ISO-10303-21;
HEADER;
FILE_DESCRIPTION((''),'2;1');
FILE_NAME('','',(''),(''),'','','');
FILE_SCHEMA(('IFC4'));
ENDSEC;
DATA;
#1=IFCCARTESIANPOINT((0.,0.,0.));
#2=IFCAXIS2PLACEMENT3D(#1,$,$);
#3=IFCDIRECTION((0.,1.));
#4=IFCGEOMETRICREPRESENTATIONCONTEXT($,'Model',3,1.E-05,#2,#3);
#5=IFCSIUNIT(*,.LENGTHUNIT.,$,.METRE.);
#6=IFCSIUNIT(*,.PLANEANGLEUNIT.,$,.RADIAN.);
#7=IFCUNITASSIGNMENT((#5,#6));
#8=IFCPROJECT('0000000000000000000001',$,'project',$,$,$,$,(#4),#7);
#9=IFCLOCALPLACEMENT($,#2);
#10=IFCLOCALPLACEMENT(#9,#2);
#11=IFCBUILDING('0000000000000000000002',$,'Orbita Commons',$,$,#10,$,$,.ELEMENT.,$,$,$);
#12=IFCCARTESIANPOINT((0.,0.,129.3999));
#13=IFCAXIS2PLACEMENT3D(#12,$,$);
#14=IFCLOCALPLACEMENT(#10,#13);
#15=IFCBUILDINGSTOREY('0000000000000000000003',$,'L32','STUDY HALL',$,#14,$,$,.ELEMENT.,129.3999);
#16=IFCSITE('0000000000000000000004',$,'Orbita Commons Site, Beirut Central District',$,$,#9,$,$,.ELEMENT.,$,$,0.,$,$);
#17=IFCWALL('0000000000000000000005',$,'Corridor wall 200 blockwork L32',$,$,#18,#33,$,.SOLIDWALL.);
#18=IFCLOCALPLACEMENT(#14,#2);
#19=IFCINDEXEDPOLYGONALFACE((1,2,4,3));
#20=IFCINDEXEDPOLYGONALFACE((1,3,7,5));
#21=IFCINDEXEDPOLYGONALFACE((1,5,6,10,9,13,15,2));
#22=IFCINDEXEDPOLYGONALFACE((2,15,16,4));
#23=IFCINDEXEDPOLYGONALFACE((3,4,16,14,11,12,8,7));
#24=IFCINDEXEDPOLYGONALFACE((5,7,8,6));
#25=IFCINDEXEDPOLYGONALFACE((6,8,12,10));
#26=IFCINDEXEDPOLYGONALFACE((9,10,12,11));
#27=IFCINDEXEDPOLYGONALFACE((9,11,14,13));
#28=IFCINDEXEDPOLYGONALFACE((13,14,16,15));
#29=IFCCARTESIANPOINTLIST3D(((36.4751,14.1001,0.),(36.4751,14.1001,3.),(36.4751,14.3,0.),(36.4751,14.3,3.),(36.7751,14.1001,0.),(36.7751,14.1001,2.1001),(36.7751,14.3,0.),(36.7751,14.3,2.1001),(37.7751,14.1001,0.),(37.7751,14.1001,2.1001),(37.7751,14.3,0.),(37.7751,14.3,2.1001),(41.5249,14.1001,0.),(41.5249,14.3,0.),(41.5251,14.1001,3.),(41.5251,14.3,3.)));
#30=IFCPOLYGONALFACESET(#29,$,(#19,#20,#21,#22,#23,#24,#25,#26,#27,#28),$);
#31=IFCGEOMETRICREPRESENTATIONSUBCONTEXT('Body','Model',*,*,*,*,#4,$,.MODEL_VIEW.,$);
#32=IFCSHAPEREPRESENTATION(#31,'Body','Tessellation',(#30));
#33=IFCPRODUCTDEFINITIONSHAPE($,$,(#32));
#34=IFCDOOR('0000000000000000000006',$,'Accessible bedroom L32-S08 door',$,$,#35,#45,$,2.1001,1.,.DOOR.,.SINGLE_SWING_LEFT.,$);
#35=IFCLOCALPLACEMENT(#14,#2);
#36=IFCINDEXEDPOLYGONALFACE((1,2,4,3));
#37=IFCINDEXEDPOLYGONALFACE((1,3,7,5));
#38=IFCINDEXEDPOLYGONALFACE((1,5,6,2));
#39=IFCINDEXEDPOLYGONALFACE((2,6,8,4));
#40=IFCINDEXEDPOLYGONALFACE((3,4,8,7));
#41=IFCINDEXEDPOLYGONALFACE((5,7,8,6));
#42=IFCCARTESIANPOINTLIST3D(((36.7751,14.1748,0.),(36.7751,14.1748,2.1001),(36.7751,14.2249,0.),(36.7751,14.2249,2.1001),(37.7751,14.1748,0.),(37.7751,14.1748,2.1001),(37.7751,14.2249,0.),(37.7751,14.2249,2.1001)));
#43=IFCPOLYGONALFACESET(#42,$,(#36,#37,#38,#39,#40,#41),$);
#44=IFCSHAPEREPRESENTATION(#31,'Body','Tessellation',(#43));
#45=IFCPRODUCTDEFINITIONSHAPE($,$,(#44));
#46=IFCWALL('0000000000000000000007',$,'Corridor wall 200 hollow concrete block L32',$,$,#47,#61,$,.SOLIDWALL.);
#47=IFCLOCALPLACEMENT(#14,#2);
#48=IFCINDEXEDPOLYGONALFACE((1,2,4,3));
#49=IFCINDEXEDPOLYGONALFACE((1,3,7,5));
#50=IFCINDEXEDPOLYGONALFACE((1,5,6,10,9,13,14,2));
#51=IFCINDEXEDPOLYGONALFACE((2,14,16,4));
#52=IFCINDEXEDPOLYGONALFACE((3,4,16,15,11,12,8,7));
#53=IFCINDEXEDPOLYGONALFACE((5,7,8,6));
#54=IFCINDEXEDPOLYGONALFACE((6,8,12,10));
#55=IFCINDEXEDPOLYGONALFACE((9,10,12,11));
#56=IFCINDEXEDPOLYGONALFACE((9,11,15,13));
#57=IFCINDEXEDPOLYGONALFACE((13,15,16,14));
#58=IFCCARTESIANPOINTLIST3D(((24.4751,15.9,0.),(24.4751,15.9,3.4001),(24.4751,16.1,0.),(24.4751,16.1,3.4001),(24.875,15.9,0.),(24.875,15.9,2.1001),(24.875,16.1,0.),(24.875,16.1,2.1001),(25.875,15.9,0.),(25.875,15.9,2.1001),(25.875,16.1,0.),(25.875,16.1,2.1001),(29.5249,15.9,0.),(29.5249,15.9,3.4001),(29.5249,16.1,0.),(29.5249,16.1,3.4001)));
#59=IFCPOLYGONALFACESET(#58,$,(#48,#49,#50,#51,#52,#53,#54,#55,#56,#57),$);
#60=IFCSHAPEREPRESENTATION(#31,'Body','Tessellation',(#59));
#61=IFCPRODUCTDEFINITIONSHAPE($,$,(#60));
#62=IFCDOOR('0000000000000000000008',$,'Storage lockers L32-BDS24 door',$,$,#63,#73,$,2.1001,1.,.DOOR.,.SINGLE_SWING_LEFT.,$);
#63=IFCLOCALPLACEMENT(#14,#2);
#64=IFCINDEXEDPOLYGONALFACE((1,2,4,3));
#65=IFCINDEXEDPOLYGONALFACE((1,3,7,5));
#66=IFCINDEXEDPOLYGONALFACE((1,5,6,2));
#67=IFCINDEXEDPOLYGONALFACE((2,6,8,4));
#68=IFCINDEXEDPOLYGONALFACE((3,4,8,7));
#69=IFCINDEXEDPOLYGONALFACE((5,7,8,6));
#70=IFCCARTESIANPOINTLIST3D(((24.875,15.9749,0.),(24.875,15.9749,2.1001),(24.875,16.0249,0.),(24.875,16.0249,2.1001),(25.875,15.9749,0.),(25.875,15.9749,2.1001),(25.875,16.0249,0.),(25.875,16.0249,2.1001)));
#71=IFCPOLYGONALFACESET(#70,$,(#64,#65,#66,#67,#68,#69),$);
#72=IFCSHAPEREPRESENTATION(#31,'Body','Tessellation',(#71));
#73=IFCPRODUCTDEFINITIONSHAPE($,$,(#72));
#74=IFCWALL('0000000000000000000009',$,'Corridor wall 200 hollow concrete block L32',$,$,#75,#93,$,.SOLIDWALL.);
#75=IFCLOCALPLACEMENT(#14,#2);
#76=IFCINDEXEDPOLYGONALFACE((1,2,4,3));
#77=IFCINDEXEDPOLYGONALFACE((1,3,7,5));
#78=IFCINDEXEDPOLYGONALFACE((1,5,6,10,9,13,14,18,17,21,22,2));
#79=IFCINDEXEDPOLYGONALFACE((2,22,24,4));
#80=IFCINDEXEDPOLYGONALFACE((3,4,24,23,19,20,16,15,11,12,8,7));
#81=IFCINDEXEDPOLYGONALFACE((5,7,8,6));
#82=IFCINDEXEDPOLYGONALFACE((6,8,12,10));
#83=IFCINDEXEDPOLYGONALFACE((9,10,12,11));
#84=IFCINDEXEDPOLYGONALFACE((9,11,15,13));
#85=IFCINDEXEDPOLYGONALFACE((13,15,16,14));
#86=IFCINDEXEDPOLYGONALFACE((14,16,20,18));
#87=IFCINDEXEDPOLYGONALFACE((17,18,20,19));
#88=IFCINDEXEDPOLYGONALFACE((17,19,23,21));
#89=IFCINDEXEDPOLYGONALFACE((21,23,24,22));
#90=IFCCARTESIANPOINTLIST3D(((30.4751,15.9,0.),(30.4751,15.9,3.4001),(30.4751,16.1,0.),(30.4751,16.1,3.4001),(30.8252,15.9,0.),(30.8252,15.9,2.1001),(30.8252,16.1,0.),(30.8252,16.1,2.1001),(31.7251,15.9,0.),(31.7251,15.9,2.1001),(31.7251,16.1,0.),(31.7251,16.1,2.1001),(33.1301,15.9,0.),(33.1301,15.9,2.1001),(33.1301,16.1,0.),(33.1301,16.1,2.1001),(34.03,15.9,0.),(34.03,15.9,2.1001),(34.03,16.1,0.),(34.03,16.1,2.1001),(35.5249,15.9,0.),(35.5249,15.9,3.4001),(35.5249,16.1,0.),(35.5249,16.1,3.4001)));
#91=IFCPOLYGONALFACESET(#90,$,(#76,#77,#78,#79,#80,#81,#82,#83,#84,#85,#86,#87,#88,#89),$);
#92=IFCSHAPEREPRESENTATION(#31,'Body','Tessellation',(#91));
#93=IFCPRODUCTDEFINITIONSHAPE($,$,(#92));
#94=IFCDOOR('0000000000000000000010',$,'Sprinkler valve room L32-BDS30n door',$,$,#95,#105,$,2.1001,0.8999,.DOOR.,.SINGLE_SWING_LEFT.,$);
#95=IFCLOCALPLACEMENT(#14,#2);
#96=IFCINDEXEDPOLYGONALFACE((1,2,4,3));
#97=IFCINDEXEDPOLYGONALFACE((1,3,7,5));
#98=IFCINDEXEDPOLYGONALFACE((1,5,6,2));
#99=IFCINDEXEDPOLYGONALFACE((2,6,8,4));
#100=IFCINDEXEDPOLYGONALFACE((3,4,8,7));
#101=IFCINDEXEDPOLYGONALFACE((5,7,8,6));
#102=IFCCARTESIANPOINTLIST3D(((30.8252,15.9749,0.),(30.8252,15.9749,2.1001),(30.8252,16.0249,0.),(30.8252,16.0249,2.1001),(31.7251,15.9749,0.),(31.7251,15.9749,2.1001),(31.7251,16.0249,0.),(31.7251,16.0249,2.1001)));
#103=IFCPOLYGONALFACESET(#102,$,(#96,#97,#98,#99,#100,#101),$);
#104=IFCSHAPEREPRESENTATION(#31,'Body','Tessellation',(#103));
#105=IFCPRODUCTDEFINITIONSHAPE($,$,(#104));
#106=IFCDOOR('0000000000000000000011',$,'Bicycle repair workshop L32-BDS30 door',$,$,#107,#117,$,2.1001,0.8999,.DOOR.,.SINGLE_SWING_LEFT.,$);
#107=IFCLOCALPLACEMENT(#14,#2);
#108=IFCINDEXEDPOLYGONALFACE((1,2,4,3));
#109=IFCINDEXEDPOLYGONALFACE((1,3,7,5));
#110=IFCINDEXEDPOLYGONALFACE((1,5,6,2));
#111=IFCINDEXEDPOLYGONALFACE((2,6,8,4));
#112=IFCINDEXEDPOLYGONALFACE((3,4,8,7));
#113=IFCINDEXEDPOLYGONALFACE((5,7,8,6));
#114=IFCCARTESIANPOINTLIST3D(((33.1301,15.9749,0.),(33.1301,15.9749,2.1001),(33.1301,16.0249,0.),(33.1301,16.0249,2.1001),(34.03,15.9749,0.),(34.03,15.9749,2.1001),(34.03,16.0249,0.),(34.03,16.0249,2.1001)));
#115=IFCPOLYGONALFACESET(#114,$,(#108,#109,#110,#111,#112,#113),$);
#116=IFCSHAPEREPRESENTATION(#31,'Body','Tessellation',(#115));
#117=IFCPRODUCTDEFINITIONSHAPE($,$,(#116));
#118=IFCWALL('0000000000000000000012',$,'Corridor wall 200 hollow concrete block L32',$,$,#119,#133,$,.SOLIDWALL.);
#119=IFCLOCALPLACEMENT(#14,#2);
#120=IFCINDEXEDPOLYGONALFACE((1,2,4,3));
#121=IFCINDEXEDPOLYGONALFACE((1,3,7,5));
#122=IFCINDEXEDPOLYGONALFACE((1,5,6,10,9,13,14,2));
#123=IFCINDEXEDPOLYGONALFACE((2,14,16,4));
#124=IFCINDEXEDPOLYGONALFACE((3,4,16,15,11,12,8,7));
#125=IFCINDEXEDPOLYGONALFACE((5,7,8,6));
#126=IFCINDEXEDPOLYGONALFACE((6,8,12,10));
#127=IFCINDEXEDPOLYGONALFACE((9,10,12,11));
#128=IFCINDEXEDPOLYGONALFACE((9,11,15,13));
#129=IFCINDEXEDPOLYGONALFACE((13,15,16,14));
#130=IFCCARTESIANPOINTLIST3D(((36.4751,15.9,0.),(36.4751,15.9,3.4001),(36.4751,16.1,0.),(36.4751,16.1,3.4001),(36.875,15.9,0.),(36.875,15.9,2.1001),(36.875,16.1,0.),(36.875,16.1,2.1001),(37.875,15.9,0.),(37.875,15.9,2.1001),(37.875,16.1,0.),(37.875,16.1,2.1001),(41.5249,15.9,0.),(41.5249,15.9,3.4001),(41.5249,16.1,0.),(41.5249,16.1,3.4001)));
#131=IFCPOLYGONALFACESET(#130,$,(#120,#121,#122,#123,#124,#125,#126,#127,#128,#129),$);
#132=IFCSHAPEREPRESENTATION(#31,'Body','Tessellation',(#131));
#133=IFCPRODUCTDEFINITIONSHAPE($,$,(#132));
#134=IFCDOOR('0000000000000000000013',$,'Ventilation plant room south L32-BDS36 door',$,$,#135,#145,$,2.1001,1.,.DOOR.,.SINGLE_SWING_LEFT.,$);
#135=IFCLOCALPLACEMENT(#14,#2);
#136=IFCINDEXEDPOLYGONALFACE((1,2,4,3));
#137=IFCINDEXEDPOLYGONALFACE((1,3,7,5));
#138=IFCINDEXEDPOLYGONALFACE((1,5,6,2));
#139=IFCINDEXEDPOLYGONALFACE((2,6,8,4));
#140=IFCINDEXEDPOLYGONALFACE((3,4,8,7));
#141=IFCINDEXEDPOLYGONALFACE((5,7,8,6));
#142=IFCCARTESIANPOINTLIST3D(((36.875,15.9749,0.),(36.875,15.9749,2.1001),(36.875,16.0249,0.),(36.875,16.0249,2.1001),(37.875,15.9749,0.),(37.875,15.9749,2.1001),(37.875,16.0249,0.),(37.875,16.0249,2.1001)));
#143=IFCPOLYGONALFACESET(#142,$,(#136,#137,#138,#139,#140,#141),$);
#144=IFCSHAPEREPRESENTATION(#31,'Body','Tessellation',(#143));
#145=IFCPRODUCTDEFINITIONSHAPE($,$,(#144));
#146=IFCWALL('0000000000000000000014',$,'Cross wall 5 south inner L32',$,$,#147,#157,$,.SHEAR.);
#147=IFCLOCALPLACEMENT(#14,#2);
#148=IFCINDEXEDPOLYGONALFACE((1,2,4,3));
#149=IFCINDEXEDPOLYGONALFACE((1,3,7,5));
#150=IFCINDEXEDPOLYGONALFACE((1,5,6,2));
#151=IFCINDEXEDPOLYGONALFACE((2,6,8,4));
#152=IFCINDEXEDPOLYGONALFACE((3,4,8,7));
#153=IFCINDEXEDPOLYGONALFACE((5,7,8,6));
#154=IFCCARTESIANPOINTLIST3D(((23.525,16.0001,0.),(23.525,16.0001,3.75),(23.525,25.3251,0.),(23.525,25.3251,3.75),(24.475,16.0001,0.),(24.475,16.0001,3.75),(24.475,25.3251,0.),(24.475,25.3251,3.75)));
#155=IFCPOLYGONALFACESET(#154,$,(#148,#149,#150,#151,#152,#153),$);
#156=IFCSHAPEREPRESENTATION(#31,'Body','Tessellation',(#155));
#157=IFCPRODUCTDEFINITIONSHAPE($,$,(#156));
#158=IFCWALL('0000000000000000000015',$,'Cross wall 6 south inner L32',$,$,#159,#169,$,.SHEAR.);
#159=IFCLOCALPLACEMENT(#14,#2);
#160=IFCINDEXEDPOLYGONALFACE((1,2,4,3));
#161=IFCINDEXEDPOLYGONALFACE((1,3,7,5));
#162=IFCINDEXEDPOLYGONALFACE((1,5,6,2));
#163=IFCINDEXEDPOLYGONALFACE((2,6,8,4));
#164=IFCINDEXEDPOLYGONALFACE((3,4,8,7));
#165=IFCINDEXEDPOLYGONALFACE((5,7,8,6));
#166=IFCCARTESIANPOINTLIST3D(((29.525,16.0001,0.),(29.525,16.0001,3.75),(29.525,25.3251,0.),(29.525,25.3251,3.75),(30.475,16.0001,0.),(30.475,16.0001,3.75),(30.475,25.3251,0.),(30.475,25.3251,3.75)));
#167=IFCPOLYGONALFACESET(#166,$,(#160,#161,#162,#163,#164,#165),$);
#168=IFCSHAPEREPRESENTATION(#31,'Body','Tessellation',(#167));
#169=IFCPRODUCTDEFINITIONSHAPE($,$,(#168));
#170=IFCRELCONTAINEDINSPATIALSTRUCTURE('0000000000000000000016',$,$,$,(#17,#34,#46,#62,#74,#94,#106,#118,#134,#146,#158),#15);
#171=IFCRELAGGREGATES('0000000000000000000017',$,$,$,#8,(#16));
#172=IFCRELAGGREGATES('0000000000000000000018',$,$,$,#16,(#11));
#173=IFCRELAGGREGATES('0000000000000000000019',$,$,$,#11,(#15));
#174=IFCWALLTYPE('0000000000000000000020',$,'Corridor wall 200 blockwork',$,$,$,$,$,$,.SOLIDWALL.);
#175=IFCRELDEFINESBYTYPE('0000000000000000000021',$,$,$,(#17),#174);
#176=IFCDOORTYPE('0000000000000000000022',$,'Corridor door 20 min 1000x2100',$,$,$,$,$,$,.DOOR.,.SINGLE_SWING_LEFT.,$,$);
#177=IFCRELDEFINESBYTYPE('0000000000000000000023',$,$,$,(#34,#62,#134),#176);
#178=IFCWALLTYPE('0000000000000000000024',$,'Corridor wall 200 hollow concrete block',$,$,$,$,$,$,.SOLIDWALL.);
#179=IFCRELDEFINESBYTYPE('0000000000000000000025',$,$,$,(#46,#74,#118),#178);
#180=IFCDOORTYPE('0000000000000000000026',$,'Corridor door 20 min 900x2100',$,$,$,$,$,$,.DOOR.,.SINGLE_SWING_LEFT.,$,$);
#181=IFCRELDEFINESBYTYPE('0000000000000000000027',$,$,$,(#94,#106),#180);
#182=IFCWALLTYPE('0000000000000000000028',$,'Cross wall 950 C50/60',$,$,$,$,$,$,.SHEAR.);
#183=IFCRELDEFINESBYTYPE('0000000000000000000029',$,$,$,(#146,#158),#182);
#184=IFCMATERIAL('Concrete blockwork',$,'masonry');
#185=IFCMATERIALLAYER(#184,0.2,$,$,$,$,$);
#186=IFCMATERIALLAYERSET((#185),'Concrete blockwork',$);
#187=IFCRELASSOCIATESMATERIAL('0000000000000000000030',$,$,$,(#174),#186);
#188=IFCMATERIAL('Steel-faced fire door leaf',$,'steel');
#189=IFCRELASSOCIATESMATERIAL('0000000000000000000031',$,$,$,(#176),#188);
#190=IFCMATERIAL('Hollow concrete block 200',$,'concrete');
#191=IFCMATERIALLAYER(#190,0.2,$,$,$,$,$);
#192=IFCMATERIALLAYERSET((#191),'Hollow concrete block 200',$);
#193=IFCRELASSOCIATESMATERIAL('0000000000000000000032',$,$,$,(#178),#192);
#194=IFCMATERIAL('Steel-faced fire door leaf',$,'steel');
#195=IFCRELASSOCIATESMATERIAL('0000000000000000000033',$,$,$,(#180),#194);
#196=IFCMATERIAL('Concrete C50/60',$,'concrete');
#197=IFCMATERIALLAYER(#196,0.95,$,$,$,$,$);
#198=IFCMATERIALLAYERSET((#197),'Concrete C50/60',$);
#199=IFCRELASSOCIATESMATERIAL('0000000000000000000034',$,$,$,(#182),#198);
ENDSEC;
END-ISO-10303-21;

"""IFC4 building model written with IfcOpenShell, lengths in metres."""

from ifc_helpers import new_model, si_unit, direction, frame, frame_2d, origin, place, context, subcontext, project, spatial, polyline, rectangle, outline, extrude, material, layer, layer_set, type_object, element, fill, save


model = new_model("IFC4")

# Units and contexts
model_context = context("Model", 3, precision=1e-05, world=origin(), true_north=direction((0.0, 1.0)))
body_context = subcontext(model_context, "Body", "Model", "MODEL_VIEW")
ifc_project = project(units=[si_unit("LENGTHUNIT", "METRE"), si_unit("PLANEANGLEUNIT", "RADIAN")], contexts=[model_context])

# Site, building, storey
site_placement = place(None, origin())
site = spatial("IfcSite", under=ifc_project, at=site_placement, Name="Orbita Commons Site, Beirut Central District", CompositionType="ELEMENT", RefElevation=0.0)
building_placement = place(site_placement, origin())
building = spatial("IfcBuilding", under=site, at=building_placement, Name="Orbita Commons", CompositionType="ELEMENT")
storey_placement = place(building_placement, frame((0.0, 0.0, 129.3999)))
storey = spatial("IfcBuildingStorey", under=building, at=storey_placement, Name="L32", Description="STUDY HALL", CompositionType="ELEMENT", Elevation=129.3999)

# Walls, openings, doors
ifc_material_1 = material(Name="Concrete blockwork", Category="masonry")
ifc_layer_1 = layer(ifc_material_1, 0.2)
ifc_layer_set_1 = layer_set([ifc_layer_1], Name="Concrete blockwork")
wall_type_1 = type_object("IfcWallType", Name="Corridor wall 200 blockwork", PredefinedType="SOLIDWALL", material=ifc_layer_set_1)
ifc_material_2 = material(Name="Steel-faced fire door leaf", Category="steel")
door_type_1 = type_object("IfcDoorType", Name="Corridor door 20 min 1000x2100", OperationType="SINGLE_SWING_LEFT", PredefinedType="DOOR", material=ifc_material_2)
wall_1_placement = place(storey_placement, frame((36.4751, 14.2, 0.0), z_axis=(0.0, 0.0, 1.0), x_axis=(1.0, 0.0, 0.0)))
wall_1 = element("IfcWall", 1, at=wall_1_placement, inside=storey, type_object=wall_type_1, Name="Corridor wall 200 blockwork L32", PredefinedType="SOLIDWALL", context=body_context, shape_type="SweptSolid", body=[
    extrude(outline(polyline([(0.0, 0.0), (5.0498, 0.0), (5.05, 3.0), (0.0, 3.0), (0.0, 0.0)])), frame((0.0, 0.1001, 0.0), z_axis=(0.0, -1.0, 0.0), x_axis=(1.0, 0.0, 0.0)), (0.0, 0.0, 1.0), 0.2),
])
opening_1_placement = place(wall_1_placement, frame((0.3, 0.0, 0.0)))
opening_1 = element("IfcOpeningElement", 2, at=opening_1_placement, cuts=wall_1, PredefinedType="OPENING", context=body_context, shape_type="SweptSolid", body=[
    extrude(rectangle(XDim=1.0, YDim=2.1001, at=frame_2d((0.5, 1.05))), frame((0.0, 0.1099, 0.0), z_axis=(0.0, -1.0, 0.0), x_axis=(1.0, 0.0, 0.0)), (0.0, 0.0, 1.0), 0.22),
])
door_1_placement = place(opening_1_placement, origin())
door_1 = element("IfcDoor", 3, at=door_1_placement, inside=storey, type_object=door_type_1, Name="Accessible bedroom L32-S08 door", OperationType="SINGLE_SWING_LEFT", OverallHeight=2.1001, OverallWidth=1.0, PredefinedType="DOOR", context=body_context, shape_type="SweptSolid", body=[
    extrude(rectangle(XDim=1.0, YDim=2.1001, at=frame_2d((0.5, 1.05))), frame((0.0, 0.0249, 0.0), z_axis=(0.0, -1.0, 0.0), x_axis=(1.0, 0.0, 0.0)), (0.0, 0.0, 1.0), 0.05),
])
fill(opening_1, door_1)
ifc_material_3 = material(Name="Hollow concrete block 200", Category="concrete")
ifc_layer_2 = layer(ifc_material_3, 0.2)
ifc_layer_set_2 = layer_set([ifc_layer_2], Name="Hollow concrete block 200")
wall_type_2 = type_object("IfcWallType", Name="Corridor wall 200 hollow concrete block", PredefinedType="SOLIDWALL", material=ifc_layer_set_2)
wall_2_placement = place(storey_placement, frame((24.4751, 16.0, 0.0), z_axis=(0.0, 0.0, 1.0), x_axis=(1.0, 0.0, 0.0)))
wall_2 = element("IfcWall", 4, at=wall_2_placement, inside=storey, type_object=wall_type_2, Name="Corridor wall 200 hollow concrete block L32", PredefinedType="SOLIDWALL", context=body_context, shape_type="SweptSolid", body=[
    extrude(rectangle(XDim=5.0498, YDim=0.2, at=frame_2d((2.5249, 0.0))), origin(), (0.0, 0.0, 1.0), 3.4001),
])
opening_2_placement = place(wall_2_placement, frame((0.3999, 0.0, 0.0)))
opening_2 = element("IfcOpeningElement", 5, at=opening_2_placement, cuts=wall_2, PredefinedType="OPENING", context=body_context, shape_type="SweptSolid", body=[
    extrude(rectangle(XDim=1.0, YDim=2.1001, at=frame_2d((0.5, 1.05))), frame((0.0, 0.1099, 0.0), z_axis=(0.0, -1.0, 0.0), x_axis=(1.0, 0.0, 0.0)), (0.0, 0.0, 1.0), 0.22),
])
door_2_placement = place(opening_2_placement, origin())
door_2 = element("IfcDoor", 6, at=door_2_placement, inside=storey, type_object=door_type_1, Name="Storage lockers L32-BDS24 door", OperationType="SINGLE_SWING_LEFT", OverallHeight=2.1001, OverallWidth=1.0, PredefinedType="DOOR", context=body_context, shape_type="SweptSolid", body=[
    extrude(rectangle(XDim=1.0, YDim=2.1001, at=frame_2d((0.5, 1.05))), frame((0.0, 0.0249, 0.0), z_axis=(0.0, -1.0, 0.0), x_axis=(1.0, 0.0, 0.0)), (0.0, 0.0, 1.0), 0.05),
])
fill(opening_2, door_2)

# Wall, openings, doors
wall_3_placement = place(storey_placement, frame((30.4751, 16.0, 0.0), z_axis=(0.0, 0.0, 1.0), x_axis=(1.0, 0.0, 0.0)))
wall_3 = element("IfcWall", 7, at=wall_3_placement, inside=storey, type_object=wall_type_2, Name="Corridor wall 200 hollow concrete block L32", PredefinedType="SOLIDWALL", context=body_context, shape_type="SweptSolid", body=[
    extrude(rectangle(XDim=5.0498, YDim=0.2, at=frame_2d((2.5249, 0.0))), origin(), (0.0, 0.0, 1.0), 3.4001),
])
opening_3_placement = place(wall_3_placement, frame((0.3501, 0.0, 0.0)))
opening_3 = element("IfcOpeningElement", 8, at=opening_3_placement, cuts=wall_3, PredefinedType="OPENING", context=body_context, shape_type="SweptSolid", body=[
    extrude(rectangle(XDim=0.8999, YDim=2.1001, at=frame_2d((0.45, 1.05))), frame((0.0, 0.1099, 0.0), z_axis=(0.0, -1.0, 0.0), x_axis=(1.0, 0.0, 0.0)), (0.0, 0.0, 1.0), 0.22),
])
opening_4_placement = place(wall_3_placement, frame((2.655, 0.0, 0.0)))
opening_4 = element("IfcOpeningElement", 9, at=opening_4_placement, cuts=wall_3, PredefinedType="OPENING", context=body_context, shape_type="SweptSolid", body=[
    extrude(rectangle(XDim=0.8999, YDim=2.1001, at=frame_2d((0.45, 1.05))), frame((0.0, 0.1099, 0.0), z_axis=(0.0, -1.0, 0.0), x_axis=(1.0, 0.0, 0.0)), (0.0, 0.0, 1.0), 0.22),
])
ifc_material_4 = material(Name="Steel-faced fire door leaf", Category="steel")
door_type_2 = type_object("IfcDoorType", Name="Corridor door 20 min 900x2100", OperationType="SINGLE_SWING_LEFT", PredefinedType="DOOR", material=ifc_material_4)
door_3_placement = place(opening_3_placement, origin())
door_3 = element("IfcDoor", 10, at=door_3_placement, inside=storey, type_object=door_type_2, Name="Sprinkler valve room L32-BDS30n door", OperationType="SINGLE_SWING_LEFT", OverallHeight=2.1001, OverallWidth=0.8999, PredefinedType="DOOR", context=body_context, shape_type="SweptSolid", body=[
    extrude(rectangle(XDim=0.8999, YDim=2.1001, at=frame_2d((0.45, 1.05))), frame((0.0, 0.0249, 0.0), z_axis=(0.0, -1.0, 0.0), x_axis=(1.0, 0.0, 0.0)), (0.0, 0.0, 1.0), 0.05),
])
fill(opening_3, door_3)
door_4_placement = place(opening_4_placement, origin())
door_4 = element("IfcDoor", 11, at=door_4_placement, inside=storey, type_object=door_type_2, Name="Bicycle repair workshop L32-BDS30 door", OperationType="SINGLE_SWING_LEFT", OverallHeight=2.1001, OverallWidth=0.8999, PredefinedType="DOOR", context=body_context, shape_type="SweptSolid", body=[
    extrude(rectangle(XDim=0.8999, YDim=2.1001, at=frame_2d((0.45, 1.05))), frame((0.0, 0.0249, 0.0), z_axis=(0.0, -1.0, 0.0), x_axis=(1.0, 0.0, 0.0)), (0.0, 0.0, 1.0), 0.05),
])
fill(opening_4, door_4)

# Wall, opening, door
wall_4_placement = place(storey_placement, frame((36.4751, 16.0, 0.0), z_axis=(0.0, 0.0, 1.0), x_axis=(1.0, 0.0, 0.0)))
wall_4 = element("IfcWall", 12, at=wall_4_placement, inside=storey, type_object=wall_type_2, Name="Corridor wall 200 hollow concrete block L32", PredefinedType="SOLIDWALL", context=body_context, shape_type="SweptSolid", body=[
    extrude(rectangle(XDim=5.0498, YDim=0.2, at=frame_2d((2.5249, 0.0))), origin(), (0.0, 0.0, 1.0), 3.4001),
])
opening_5_placement = place(wall_4_placement, frame((0.3999, 0.0, 0.0)))
opening_5 = element("IfcOpeningElement", 13, at=opening_5_placement, cuts=wall_4, PredefinedType="OPENING", context=body_context, shape_type="SweptSolid", body=[
    extrude(rectangle(XDim=1.0, YDim=2.1001, at=frame_2d((0.5, 1.05))), frame((0.0, 0.1099, 0.0), z_axis=(0.0, -1.0, 0.0), x_axis=(1.0, 0.0, 0.0)), (0.0, 0.0, 1.0), 0.22),
])
door_5_placement = place(opening_5_placement, origin())
door_5 = element("IfcDoor", 14, at=door_5_placement, inside=storey, type_object=door_type_1, Name="Ventilation plant room south L32-BDS36 door", OperationType="SINGLE_SWING_LEFT", OverallHeight=2.1001, OverallWidth=1.0, PredefinedType="DOOR", context=body_context, shape_type="SweptSolid", body=[
    extrude(rectangle(XDim=1.0, YDim=2.1001, at=frame_2d((0.5, 1.05))), frame((0.0, 0.0249, 0.0), z_axis=(0.0, -1.0, 0.0), x_axis=(1.0, 0.0, 0.0)), (0.0, 0.0, 1.0), 0.05),
])
fill(opening_5, door_5)

# Walls
ifc_material_5 = material(Name="Concrete C50/60", Category="concrete")
ifc_layer_3 = layer(ifc_material_5, 0.95)
ifc_layer_set_3 = layer_set([ifc_layer_3], Name="Concrete C50/60")
wall_type_3 = type_object("IfcWallType", Name="Cross wall 950 C50/60", PredefinedType="SHEAR", material=ifc_layer_set_3)
for number, where, z_axis, x_axis, name in (
    (15, (24.0, 16.0, 0.0), (0.0, 0.0, 1.0), (0.0, 1.0, 0.0), "Cross wall 5 south inner L32"),
    (16, (30.0, 16.0, 0.0), (0.0, 0.0, 1.0), (0.0, 1.0, 0.0), "Cross wall 6 south inner L32"),
):
    element("IfcWall", number, at=place(storey_placement, frame(where, z_axis=z_axis, x_axis=x_axis)), inside=storey, type_object=wall_type_3, Name=name, PredefinedType="SHEAR", context=body_context, shape_type="SweptSolid", body=[
        extrude(rectangle(XDim=9.325, YDim=0.95, at=frame_2d((4.6626, 0.0))), origin(), (0.0, 0.0, 1.0), 3.75),
    ])

save(model, "model.ifc")
